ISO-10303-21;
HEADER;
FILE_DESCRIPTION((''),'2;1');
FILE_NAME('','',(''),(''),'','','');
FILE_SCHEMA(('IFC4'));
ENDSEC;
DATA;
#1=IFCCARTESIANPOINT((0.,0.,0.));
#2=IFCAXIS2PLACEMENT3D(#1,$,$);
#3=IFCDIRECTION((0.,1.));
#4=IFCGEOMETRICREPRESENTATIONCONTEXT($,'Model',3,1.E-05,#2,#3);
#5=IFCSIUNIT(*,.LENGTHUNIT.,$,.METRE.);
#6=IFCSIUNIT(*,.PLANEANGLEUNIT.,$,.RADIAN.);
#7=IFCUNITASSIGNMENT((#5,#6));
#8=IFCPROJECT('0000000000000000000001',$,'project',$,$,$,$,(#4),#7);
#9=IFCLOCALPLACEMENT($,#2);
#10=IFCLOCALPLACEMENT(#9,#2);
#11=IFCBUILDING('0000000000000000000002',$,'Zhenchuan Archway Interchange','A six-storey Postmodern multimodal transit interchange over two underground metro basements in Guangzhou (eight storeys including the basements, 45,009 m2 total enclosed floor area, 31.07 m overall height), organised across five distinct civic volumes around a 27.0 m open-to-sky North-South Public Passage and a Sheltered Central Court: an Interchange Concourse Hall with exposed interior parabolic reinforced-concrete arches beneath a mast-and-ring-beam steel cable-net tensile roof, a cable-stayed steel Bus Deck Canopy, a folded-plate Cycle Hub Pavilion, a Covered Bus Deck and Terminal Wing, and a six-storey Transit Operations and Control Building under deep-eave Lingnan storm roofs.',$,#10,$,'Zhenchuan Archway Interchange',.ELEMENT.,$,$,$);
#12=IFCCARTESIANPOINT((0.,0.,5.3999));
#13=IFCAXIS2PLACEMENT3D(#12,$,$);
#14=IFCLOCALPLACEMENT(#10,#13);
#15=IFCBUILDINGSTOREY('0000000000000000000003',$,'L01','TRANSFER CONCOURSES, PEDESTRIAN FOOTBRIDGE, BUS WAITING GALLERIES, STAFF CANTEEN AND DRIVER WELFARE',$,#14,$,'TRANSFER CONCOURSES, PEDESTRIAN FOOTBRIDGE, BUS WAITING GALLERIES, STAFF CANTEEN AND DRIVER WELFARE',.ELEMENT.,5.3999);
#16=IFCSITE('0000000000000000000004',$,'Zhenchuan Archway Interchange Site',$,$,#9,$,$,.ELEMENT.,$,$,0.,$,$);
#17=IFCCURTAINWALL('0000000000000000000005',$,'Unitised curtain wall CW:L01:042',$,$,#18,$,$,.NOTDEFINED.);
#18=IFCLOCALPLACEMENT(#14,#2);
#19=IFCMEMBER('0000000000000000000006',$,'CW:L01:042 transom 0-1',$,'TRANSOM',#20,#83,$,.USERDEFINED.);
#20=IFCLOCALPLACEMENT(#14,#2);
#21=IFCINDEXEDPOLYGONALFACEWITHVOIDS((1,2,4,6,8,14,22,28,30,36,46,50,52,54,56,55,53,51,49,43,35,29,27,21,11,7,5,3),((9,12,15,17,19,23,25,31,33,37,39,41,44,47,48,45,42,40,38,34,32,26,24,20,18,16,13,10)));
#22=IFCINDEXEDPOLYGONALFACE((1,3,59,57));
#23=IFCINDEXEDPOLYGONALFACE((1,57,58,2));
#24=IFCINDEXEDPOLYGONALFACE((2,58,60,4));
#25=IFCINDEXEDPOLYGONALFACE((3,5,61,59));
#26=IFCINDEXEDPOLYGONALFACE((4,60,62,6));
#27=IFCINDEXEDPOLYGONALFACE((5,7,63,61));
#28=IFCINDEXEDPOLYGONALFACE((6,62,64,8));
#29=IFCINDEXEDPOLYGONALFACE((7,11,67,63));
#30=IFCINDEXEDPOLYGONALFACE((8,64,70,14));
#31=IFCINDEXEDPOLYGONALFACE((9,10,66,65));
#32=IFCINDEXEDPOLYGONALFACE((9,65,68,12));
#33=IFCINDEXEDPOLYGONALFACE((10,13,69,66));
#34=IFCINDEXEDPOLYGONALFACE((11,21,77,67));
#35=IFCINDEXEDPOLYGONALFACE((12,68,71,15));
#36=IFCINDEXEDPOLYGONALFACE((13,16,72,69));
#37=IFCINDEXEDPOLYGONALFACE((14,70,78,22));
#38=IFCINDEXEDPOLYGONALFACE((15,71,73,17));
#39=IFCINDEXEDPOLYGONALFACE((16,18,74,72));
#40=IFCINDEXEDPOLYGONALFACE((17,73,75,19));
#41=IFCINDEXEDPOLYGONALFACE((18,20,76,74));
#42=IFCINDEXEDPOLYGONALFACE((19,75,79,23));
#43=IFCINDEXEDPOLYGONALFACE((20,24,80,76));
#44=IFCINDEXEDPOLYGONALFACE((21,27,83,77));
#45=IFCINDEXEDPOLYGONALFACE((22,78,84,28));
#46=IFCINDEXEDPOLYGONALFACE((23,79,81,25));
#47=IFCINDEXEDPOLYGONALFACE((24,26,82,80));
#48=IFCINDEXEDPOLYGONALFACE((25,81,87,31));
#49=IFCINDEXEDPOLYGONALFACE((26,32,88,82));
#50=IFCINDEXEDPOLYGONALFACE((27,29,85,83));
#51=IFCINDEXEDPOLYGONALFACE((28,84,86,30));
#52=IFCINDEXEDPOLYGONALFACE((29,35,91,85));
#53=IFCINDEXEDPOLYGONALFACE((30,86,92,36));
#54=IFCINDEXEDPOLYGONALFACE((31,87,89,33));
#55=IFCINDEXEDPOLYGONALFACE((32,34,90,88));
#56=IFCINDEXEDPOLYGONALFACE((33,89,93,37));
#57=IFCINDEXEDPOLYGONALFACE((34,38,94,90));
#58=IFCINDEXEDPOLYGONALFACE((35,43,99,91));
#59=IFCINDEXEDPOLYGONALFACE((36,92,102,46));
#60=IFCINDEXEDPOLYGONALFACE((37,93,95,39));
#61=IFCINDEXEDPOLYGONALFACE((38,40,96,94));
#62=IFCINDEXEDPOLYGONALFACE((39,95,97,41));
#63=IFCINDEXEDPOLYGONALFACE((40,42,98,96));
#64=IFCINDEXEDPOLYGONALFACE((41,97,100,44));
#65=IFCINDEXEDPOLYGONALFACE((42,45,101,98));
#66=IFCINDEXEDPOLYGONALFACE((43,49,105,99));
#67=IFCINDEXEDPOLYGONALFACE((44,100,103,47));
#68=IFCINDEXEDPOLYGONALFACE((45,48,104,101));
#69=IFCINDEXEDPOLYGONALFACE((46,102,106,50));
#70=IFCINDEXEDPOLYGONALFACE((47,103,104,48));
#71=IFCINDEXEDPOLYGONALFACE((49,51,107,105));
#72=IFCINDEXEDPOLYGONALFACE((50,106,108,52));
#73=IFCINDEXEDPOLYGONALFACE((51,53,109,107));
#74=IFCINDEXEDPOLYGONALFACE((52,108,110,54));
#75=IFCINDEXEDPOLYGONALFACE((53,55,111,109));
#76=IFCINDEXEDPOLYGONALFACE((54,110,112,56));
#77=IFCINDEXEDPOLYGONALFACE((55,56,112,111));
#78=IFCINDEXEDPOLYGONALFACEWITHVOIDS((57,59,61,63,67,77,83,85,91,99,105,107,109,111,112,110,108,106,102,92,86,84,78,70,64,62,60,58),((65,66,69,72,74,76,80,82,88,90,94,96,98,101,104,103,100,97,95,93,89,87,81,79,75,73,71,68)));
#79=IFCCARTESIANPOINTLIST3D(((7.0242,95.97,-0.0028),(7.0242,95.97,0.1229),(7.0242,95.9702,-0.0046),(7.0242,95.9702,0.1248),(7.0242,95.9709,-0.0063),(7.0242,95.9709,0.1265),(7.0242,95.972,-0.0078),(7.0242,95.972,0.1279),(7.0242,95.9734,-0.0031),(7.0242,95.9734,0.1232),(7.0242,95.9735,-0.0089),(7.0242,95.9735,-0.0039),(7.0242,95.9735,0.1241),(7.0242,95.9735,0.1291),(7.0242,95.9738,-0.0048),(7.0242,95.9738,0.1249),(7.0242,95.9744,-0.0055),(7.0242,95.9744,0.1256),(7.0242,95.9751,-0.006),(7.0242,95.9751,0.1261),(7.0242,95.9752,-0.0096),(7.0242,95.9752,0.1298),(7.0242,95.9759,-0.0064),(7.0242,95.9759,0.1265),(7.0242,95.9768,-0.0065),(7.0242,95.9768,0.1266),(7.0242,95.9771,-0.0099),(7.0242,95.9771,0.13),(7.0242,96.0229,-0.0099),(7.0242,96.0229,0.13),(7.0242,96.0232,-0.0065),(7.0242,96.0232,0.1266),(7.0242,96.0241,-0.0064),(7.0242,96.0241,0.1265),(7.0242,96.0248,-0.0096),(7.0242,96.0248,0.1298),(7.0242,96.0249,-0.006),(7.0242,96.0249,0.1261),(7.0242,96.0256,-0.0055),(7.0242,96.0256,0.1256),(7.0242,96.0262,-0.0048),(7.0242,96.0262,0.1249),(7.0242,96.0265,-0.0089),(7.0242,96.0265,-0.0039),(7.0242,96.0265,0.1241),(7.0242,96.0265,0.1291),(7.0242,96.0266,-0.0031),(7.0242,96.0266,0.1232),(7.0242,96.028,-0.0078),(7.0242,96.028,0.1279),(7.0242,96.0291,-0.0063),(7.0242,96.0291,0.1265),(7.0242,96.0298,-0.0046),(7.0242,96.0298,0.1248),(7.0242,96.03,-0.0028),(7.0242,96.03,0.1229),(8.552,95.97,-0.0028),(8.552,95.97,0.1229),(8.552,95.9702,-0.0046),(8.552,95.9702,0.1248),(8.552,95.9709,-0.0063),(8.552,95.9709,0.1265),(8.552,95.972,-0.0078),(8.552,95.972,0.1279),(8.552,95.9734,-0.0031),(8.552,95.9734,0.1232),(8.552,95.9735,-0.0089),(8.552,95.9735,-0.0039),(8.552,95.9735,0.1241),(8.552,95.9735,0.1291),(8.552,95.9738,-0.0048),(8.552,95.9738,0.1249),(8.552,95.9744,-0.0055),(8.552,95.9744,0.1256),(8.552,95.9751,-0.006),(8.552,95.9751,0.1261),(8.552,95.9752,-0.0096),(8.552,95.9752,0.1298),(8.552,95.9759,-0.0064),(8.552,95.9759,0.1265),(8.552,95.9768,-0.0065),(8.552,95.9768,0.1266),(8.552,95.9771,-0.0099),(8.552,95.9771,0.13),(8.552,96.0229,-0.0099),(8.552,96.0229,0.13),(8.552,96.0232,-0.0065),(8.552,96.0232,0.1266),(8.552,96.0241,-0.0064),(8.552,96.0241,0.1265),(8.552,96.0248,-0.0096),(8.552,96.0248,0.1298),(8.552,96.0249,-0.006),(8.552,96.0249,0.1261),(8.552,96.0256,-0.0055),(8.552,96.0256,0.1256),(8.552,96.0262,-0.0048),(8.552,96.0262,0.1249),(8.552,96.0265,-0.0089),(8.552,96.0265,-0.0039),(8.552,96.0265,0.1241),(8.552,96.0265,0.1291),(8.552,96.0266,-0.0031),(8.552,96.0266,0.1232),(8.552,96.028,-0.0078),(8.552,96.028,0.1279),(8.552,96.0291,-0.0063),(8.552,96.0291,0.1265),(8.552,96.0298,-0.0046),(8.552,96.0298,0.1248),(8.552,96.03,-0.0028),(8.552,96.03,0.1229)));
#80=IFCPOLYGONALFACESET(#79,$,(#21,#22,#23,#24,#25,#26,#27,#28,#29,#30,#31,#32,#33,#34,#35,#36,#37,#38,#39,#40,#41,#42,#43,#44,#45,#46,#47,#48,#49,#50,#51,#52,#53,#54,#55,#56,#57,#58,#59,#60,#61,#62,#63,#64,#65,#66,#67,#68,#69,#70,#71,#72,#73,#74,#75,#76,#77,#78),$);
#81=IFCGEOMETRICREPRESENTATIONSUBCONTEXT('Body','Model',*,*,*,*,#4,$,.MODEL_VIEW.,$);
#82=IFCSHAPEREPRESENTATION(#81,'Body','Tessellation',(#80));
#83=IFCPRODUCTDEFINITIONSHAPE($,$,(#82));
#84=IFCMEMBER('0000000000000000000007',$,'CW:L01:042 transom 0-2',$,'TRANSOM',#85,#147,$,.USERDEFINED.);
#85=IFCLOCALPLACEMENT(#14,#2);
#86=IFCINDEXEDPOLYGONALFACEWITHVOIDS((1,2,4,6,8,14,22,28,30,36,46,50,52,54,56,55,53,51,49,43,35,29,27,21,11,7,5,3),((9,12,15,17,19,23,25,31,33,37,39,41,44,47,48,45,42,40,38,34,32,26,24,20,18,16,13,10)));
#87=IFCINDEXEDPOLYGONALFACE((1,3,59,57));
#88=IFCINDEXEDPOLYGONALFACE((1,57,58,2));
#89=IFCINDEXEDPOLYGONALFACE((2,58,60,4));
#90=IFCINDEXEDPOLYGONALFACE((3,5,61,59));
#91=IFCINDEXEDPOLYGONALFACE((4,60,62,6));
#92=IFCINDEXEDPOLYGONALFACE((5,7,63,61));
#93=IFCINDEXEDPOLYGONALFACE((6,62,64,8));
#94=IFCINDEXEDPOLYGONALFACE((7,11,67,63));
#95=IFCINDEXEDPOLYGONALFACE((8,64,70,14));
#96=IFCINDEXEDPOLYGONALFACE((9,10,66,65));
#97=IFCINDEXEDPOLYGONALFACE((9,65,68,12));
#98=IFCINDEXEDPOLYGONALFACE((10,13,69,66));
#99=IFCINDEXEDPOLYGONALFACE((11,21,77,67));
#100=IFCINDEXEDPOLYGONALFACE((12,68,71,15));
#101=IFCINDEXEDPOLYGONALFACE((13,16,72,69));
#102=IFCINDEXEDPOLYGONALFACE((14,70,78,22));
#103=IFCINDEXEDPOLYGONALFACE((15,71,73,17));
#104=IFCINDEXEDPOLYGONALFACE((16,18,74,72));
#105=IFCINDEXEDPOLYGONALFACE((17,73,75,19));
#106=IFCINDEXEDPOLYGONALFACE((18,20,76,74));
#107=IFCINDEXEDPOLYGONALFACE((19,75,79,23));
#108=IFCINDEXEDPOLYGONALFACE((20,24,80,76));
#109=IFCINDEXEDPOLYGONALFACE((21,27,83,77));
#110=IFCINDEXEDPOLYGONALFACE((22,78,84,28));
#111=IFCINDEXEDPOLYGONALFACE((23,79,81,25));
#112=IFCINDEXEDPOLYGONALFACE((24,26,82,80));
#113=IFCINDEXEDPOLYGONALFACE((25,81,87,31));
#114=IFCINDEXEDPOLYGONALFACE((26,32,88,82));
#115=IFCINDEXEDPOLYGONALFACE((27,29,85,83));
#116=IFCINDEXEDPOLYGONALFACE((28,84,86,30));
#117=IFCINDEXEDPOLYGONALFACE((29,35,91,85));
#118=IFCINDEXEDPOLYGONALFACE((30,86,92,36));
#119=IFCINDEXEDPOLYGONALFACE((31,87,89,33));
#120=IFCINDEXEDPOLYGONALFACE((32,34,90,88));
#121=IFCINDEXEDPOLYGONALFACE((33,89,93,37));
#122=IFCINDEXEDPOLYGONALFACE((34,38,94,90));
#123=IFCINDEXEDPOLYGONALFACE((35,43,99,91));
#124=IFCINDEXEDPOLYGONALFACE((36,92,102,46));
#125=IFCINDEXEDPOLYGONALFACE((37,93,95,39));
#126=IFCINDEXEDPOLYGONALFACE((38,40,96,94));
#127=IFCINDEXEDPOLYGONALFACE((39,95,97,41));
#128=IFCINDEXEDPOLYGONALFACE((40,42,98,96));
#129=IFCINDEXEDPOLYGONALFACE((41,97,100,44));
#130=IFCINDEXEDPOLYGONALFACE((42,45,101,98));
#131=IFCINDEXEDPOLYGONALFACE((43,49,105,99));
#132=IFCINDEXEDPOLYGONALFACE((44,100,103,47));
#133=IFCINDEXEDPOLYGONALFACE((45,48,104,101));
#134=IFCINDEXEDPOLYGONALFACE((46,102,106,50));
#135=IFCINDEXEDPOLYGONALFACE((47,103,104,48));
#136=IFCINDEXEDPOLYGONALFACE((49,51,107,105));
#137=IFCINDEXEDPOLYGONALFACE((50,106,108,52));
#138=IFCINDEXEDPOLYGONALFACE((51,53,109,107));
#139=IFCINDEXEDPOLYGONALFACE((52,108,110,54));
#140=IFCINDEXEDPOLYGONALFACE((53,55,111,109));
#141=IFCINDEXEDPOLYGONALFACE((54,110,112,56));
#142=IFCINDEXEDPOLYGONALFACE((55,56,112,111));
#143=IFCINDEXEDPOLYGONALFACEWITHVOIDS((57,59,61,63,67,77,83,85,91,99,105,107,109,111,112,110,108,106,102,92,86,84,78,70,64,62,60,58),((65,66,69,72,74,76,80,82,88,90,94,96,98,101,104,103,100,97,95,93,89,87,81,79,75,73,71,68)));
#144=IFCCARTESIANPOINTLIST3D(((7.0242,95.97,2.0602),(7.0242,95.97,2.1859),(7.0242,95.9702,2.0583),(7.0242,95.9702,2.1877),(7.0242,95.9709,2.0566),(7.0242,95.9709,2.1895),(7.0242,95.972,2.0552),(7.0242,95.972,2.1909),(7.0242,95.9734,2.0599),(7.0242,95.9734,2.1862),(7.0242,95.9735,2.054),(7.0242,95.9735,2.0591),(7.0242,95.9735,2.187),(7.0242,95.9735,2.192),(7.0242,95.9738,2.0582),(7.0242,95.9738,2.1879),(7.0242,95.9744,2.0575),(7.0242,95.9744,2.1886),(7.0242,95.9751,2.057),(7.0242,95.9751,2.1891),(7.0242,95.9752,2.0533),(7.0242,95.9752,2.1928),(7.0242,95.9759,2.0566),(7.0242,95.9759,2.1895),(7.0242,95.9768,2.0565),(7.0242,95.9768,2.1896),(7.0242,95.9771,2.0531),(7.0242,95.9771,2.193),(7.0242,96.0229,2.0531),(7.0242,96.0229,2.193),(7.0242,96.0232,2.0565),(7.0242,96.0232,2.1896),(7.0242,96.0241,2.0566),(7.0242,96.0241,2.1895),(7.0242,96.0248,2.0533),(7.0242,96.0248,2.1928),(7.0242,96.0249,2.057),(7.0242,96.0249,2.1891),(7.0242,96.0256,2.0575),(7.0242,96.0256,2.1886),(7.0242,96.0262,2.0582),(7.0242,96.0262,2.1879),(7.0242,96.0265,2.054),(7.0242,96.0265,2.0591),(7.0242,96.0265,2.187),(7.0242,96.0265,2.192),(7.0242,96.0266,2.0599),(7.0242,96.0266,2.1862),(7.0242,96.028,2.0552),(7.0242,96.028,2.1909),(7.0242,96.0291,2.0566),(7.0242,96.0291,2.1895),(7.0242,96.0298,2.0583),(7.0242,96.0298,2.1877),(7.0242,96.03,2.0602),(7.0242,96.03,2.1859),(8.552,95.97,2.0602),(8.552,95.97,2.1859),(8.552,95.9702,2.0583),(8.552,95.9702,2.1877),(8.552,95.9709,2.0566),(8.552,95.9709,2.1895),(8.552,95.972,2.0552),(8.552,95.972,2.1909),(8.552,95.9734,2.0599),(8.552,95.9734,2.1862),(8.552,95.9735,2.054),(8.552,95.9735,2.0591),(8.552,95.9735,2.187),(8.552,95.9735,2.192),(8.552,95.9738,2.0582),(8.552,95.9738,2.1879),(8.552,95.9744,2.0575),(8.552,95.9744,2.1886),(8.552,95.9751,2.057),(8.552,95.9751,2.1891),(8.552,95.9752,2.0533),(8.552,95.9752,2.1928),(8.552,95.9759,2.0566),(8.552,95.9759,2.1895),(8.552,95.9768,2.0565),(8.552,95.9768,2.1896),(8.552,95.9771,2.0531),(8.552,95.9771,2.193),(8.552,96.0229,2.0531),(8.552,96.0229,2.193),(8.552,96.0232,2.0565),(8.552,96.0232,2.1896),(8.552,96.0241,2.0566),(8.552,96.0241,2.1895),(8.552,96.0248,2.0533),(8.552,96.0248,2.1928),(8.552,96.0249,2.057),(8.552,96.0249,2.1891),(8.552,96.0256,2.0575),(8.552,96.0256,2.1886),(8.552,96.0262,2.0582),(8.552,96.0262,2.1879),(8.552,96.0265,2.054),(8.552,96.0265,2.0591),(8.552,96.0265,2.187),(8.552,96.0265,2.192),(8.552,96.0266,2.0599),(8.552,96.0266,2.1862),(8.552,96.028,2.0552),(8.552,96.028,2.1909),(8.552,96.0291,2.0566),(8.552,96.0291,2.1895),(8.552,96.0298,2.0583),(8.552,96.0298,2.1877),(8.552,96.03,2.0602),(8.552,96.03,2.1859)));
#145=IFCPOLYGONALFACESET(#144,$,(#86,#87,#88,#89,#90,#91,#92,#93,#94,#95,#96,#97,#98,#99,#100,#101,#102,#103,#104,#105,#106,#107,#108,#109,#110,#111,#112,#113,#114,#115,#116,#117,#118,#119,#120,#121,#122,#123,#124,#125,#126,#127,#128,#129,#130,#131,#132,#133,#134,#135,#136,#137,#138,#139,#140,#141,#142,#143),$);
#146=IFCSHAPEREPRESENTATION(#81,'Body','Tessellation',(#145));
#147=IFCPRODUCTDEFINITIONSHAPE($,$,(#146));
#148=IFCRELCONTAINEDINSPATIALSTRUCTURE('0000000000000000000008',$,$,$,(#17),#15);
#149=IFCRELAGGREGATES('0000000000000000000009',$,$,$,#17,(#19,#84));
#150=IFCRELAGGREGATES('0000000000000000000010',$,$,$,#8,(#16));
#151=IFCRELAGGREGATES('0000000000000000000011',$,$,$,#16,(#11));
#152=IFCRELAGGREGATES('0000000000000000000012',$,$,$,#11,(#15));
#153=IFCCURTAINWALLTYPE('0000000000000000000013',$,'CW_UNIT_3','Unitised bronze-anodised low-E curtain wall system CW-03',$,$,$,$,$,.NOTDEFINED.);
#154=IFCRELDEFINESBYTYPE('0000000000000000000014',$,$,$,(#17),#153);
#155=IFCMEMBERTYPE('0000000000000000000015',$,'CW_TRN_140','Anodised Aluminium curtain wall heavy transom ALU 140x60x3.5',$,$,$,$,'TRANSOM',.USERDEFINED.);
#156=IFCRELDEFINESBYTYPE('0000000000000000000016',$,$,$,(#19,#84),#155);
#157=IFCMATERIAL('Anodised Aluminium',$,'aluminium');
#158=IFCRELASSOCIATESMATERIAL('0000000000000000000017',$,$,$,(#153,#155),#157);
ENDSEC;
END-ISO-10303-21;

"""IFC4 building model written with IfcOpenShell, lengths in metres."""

from ifc_helpers import new_model, si_unit, direction, frame, origin, origin_2d, place, context, subcontext, project, spatial, hollow_rectangle, extrude, material, material_profile, profile_set, type_object, element, aggregate, save


model = new_model("IFC4")

# Units and contexts
model_context = context("Model", 3, precision=1e-05, world=origin(), true_north=direction((0.0, 1.0)))
body_context = subcontext(model_context, "Body", "Model", "MODEL_VIEW")
ifc_project = project(units=[si_unit("LENGTHUNIT", "METRE"), si_unit("PLANEANGLEUNIT", "RADIAN")], contexts=[model_context])

# Site, building, storey
site_placement = place(None, origin())
site = spatial("IfcSite", under=ifc_project, at=site_placement, Name="Zhenchuan Archway Interchange Site", CompositionType="ELEMENT", RefElevation=0.0)
building_placement = place(site_placement, origin())
building = spatial("IfcBuilding", under=site, at=building_placement, Name="Zhenchuan Archway Interchange", Description="A six-storey Postmodern multimodal transit interchange over two underground metro basements in Guangzhou (eight storeys including the basements, 45,009 m2 total enclosed floor area, 31.07 m overall height), organised across five distinct civic volumes around a 27.0 m open-to-sky North-South Public Passage and a Sheltered Central Court: an Interchange Concourse Hall with exposed interior parabolic reinforced-concrete arches beneath a mast-and-ring-beam steel cable-net tensile roof, a cable-stayed steel Bus Deck Canopy, a folded-plate Cycle Hub Pavilion, a Covered Bus Deck and Terminal Wing, and a six-storey Transit Operations and Control Building under deep-eave Lingnan storm roofs.", LongName="Zhenchuan Archway Interchange", CompositionType="ELEMENT")
storey_placement = place(building_placement, frame((0.0, 0.0, 5.3999)))
storey = spatial("IfcBuildingStorey", under=building, at=storey_placement, Name="L01", Description="TRANSFER CONCOURSES, PEDESTRIAN FOOTBRIDGE, BUS WAITING GALLERIES, STAFF CANTEEN AND DRIVER WELFARE", LongName="TRANSFER CONCOURSES, PEDESTRIAN FOOTBRIDGE, BUS WAITING GALLERIES, STAFF CANTEEN AND DRIVER WELFARE", CompositionType="ELEMENT", Elevation=5.3999)

# Shared definitions
ifc_material_1 = material(Name="Anodised Aluminium", Category="aluminium")

# Curtain wall
curtain_wall_type_1 = type_object("IfcCurtainWallType", Name="CW_UNIT_3", Description="Unitised bronze-anodised low-E curtain wall system CW-03", PredefinedType="NOTDEFINED", material=ifc_material_1)
curtain_wall_1_placement = place(storey_placement, origin())
curtain_wall_1 = element("IfcCurtainWall", 1, at=curtain_wall_1_placement, inside=storey, type_object=curtain_wall_type_1, Name="Unitised curtain wall CW:L01:042", PredefinedType="NOTDEFINED")

# Members
ifc_material_profile_1 = material_profile(ifc_material_1, hollow_rectangle(XDim=0.0601, YDim=0.1399, WallThickness=0.0034, InnerFilletRadius=0.0034, OuterFilletRadius=0.0071, at=origin_2d()), Name="ALU 140x60x3.5")
ifc_profile_set_1 = profile_set([ifc_material_profile_1], Name="Anodised Aluminium")
member_type_1 = type_object("IfcMemberType", Name="CW_TRN_140", Description="Anodised Aluminium curtain wall heavy transom ALU 140x60x3.5", ElementType="TRANSOM", PredefinedType="USERDEFINED", material=ifc_profile_set_1)
member_1_placement = place(storey_placement, frame((8.552, 96.0, 0.0601), z_axis=(-1.0, 0.0, 0.0), x_axis=(0.0, -1.0, 0.0)))
member_1 = element("IfcMember", 2, at=member_1_placement, type_object=member_type_1, Name="CW:L01:042 transom 0-1", ObjectType="TRANSOM", PredefinedType="USERDEFINED", context=body_context, shape_type="SweptSolid", body=[
    extrude(hollow_rectangle(XDim=0.0601, YDim=0.1399, WallThickness=0.0034, InnerFilletRadius=0.0034, OuterFilletRadius=0.0071, at=origin_2d()), origin(), (0.0, 0.0, 1.0), 1.5278),
])
member_2_placement = place(storey_placement, frame((8.552, 96.0, 2.123), z_axis=(-1.0, 0.0, 0.0), x_axis=(0.0, -1.0, 0.0)))
member_2 = element("IfcMember", 3, at=member_2_placement, type_object=member_type_1, Name="CW:L01:042 transom 0-2", ObjectType="TRANSOM", PredefinedType="USERDEFINED", context=body_context, shape_type="SweptSolid", body=[
    extrude(hollow_rectangle(XDim=0.0601, YDim=0.1399, WallThickness=0.0034, InnerFilletRadius=0.0034, OuterFilletRadius=0.0071, at=origin_2d()), origin(), (0.0, 0.0, 1.0), 1.5278),
])

aggregate(curtain_wall_1, [member_1, member_2])

save(model, "model.ifc")
